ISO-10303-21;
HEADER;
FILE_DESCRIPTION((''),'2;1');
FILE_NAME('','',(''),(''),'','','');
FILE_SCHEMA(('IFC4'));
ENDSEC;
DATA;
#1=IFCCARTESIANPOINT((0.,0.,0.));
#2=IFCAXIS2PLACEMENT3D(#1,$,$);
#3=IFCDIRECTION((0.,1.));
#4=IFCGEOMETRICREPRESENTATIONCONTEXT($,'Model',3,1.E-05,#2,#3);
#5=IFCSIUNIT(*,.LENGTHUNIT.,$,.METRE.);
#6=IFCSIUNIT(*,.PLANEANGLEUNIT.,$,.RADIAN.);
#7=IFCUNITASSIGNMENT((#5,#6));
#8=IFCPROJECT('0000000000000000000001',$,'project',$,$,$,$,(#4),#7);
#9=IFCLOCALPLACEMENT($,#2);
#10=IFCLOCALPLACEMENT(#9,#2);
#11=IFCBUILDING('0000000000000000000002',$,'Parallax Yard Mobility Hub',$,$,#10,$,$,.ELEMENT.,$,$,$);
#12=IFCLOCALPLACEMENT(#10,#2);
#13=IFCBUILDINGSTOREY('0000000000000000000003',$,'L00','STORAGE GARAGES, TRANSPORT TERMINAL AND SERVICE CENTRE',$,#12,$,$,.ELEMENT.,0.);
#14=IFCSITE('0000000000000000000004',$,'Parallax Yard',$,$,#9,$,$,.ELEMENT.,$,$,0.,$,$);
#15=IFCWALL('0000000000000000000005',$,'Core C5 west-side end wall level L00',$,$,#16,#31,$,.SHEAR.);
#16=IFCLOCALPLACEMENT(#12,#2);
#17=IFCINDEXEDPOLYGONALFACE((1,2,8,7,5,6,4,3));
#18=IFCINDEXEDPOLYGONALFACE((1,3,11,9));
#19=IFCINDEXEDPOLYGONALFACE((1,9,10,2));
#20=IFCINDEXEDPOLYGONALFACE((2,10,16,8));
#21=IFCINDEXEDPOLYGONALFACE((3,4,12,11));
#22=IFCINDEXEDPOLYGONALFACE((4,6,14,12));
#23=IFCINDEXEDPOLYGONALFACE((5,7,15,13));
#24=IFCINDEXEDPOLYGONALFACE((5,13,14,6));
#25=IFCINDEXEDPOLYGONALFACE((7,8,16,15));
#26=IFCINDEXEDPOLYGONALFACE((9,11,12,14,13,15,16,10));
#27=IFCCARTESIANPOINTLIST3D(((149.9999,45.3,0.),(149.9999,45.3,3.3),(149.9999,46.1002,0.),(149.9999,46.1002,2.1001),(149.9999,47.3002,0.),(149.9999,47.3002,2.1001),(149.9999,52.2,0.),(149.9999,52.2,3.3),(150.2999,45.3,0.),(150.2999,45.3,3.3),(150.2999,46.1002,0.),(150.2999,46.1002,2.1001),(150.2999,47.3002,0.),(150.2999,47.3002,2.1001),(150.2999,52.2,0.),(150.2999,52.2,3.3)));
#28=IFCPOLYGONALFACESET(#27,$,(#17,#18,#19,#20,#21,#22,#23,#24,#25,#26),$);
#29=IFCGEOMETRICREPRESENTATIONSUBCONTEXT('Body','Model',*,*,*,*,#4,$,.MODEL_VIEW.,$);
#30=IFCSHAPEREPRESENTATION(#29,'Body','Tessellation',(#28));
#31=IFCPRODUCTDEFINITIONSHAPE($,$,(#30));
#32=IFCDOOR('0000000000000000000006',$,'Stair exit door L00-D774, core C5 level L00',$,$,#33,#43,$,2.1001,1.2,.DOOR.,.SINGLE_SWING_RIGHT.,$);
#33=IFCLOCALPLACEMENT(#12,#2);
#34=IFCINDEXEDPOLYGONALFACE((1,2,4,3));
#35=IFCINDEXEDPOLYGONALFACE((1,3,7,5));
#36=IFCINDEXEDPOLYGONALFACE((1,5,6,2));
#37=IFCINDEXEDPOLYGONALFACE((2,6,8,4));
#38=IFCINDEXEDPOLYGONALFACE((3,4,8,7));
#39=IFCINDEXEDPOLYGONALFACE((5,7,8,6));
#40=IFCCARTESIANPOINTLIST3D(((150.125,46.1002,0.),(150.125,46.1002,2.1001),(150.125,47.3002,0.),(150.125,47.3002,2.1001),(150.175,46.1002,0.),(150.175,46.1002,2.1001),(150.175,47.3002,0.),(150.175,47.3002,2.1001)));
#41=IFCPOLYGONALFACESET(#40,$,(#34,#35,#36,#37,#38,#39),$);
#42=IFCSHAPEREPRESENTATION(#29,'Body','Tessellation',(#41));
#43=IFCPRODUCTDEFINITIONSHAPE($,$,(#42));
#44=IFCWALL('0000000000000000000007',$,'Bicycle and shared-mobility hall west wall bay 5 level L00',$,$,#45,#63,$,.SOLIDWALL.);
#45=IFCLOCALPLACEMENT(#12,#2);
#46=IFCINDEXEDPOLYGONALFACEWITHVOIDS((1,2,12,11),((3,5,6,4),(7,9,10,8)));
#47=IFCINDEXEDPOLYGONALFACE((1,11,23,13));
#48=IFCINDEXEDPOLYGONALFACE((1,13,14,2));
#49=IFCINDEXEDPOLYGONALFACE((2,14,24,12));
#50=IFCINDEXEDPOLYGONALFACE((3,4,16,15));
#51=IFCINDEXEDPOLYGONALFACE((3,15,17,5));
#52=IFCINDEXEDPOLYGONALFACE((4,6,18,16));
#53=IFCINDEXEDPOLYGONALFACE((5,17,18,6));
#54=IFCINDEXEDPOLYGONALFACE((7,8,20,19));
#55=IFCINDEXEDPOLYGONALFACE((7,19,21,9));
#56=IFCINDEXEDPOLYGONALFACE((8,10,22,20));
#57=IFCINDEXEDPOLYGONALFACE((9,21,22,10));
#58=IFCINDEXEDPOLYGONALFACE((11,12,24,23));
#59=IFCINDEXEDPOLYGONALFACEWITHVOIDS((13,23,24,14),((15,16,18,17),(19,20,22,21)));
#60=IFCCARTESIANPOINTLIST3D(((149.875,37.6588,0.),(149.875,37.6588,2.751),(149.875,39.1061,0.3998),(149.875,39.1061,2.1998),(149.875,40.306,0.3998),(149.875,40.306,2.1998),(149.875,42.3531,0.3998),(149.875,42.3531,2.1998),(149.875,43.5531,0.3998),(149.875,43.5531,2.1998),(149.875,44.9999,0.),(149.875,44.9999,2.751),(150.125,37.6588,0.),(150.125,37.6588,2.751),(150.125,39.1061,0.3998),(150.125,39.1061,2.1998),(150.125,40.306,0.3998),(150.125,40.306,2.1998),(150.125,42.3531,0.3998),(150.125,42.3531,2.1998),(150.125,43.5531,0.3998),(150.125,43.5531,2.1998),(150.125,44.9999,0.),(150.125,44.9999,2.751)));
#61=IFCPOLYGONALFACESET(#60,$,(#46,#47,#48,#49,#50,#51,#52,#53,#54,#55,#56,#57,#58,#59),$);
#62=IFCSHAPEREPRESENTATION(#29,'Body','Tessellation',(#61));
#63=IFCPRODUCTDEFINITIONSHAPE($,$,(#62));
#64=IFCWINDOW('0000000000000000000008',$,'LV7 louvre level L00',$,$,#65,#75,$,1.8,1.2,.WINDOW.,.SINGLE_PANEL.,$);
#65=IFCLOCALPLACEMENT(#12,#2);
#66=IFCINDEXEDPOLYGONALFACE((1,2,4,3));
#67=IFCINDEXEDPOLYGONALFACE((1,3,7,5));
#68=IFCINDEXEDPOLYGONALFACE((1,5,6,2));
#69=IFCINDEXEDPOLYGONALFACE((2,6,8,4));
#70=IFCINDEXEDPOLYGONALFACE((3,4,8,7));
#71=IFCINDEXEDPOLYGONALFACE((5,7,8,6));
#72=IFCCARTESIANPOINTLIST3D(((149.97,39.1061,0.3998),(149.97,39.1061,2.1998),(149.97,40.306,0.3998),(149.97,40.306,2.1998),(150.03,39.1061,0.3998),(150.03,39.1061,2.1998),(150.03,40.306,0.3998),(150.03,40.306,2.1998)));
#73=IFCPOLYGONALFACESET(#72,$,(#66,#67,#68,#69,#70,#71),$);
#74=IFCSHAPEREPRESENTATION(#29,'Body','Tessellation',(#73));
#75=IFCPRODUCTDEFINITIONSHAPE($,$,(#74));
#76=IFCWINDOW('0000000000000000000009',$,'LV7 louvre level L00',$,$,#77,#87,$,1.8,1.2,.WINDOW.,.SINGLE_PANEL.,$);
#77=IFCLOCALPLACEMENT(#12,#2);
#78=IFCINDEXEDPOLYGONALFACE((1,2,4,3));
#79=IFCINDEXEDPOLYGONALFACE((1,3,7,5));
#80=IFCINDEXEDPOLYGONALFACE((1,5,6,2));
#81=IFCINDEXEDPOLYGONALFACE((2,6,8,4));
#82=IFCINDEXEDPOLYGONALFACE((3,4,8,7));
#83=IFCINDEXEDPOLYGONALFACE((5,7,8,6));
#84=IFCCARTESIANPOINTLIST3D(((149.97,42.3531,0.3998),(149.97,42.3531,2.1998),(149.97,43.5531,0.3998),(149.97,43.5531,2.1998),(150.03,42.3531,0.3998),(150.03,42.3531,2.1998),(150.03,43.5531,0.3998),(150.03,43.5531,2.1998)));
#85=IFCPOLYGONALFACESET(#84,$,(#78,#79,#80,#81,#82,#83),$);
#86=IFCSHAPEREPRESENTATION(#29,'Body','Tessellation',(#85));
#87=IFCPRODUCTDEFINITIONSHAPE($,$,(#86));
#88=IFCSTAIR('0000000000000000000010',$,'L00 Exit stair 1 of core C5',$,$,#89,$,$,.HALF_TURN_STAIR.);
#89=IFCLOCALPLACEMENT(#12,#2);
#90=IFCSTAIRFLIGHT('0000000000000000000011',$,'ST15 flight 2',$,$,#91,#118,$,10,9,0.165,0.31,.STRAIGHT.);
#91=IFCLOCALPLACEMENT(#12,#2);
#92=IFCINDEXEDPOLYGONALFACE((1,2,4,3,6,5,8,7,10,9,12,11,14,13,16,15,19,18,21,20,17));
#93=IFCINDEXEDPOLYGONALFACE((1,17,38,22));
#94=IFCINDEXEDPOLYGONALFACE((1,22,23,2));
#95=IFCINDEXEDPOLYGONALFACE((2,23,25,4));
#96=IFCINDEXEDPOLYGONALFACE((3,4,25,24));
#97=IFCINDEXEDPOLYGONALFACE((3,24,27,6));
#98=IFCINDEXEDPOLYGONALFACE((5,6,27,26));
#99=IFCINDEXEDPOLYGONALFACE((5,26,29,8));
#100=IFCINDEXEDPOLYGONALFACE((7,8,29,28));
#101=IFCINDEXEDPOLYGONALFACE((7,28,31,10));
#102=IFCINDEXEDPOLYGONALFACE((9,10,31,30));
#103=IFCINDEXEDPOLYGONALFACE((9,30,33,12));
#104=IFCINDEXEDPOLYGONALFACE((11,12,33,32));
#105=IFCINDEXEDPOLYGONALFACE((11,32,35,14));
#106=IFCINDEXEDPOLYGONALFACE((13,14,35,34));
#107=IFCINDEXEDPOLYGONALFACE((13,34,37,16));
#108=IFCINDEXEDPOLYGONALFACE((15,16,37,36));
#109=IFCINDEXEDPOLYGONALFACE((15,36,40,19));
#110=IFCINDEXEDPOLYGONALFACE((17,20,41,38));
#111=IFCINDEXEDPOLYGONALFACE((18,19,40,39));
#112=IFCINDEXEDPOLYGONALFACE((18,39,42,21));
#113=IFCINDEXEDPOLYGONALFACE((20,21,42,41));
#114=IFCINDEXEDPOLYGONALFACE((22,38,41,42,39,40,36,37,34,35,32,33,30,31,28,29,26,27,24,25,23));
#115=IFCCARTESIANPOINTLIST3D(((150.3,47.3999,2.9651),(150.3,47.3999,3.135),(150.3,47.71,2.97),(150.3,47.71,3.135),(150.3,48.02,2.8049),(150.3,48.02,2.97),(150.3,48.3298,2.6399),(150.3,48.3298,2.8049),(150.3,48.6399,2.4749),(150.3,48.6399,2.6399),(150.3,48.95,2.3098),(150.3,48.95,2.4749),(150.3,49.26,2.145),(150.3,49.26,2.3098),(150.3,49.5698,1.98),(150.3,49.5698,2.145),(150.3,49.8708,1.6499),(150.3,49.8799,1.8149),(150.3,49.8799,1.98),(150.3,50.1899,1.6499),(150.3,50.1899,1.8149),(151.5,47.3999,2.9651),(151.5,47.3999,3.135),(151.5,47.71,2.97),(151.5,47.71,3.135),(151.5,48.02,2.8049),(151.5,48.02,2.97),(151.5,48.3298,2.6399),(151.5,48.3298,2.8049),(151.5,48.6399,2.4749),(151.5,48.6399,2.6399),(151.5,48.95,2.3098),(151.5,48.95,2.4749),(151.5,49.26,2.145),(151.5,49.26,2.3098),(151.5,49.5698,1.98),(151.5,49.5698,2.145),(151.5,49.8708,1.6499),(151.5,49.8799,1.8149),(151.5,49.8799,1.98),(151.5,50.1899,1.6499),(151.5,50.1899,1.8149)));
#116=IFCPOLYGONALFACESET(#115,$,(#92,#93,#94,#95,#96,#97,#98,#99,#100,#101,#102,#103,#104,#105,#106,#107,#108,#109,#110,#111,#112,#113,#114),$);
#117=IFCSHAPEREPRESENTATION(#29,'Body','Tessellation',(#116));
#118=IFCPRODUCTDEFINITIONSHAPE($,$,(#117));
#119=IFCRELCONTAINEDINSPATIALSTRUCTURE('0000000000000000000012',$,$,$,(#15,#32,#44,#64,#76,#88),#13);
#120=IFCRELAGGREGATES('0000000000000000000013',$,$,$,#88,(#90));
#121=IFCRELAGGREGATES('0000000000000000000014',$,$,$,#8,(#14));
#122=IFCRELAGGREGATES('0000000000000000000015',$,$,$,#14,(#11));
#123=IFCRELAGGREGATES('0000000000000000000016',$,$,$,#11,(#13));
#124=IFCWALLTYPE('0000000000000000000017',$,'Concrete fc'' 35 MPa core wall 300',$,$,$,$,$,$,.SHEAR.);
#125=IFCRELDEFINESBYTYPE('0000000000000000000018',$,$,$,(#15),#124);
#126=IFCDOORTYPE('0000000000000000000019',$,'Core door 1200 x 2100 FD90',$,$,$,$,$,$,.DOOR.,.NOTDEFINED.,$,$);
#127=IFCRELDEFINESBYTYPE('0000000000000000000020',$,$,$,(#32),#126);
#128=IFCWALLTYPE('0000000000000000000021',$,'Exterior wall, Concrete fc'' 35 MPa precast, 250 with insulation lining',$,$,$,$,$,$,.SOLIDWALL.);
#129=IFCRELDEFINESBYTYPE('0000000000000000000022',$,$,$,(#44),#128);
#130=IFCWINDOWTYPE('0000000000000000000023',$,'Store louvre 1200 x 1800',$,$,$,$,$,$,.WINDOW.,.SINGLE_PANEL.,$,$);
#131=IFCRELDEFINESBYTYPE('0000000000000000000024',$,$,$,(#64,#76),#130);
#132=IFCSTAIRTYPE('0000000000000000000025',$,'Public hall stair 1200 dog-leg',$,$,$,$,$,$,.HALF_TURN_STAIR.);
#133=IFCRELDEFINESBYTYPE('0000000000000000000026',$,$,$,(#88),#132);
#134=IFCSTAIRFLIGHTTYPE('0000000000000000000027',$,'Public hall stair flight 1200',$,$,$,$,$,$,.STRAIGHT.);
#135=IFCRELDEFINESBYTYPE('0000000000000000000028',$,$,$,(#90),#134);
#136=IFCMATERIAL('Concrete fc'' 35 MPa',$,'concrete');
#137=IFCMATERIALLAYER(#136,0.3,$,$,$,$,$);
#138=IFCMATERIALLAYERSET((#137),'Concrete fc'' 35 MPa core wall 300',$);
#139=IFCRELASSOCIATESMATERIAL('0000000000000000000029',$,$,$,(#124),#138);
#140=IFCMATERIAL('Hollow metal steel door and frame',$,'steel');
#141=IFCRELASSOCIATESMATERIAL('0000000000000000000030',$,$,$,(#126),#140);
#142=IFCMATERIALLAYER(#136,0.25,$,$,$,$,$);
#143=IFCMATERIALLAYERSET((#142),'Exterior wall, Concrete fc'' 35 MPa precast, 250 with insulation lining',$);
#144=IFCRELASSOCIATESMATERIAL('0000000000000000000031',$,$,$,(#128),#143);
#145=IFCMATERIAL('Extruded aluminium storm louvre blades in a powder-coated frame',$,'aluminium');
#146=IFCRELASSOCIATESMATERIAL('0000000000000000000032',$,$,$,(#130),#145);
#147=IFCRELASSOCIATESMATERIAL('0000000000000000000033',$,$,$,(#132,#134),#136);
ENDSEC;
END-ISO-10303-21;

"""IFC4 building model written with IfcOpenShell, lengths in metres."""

from ifc_helpers import new_model, si_unit, direction, frame, frame_2d, origin, place, context, subcontext, project, spatial, polyline, rectangle, outline, extrude, material, layer, layer_set, type_object, element, fill, aggregate, save


model = new_model("IFC4")

# Units and contexts
model_context = context("Model", 3, precision=1e-05, world=origin(), true_north=direction((0.0, 1.0)))
body_context = subcontext(model_context, "Body", "Model", "MODEL_VIEW")
ifc_project = project(units=[si_unit("LENGTHUNIT", "METRE"), si_unit("PLANEANGLEUNIT", "RADIAN")], contexts=[model_context])

# Site, building, storey
site_placement = place(None, origin())
site = spatial("IfcSite", under=ifc_project, at=site_placement, Name="Parallax Yard", CompositionType="ELEMENT", RefElevation=0.0)
building_placement = place(site_placement, origin())
building = spatial("IfcBuilding", under=site, at=building_placement, Name="Parallax Yard Mobility Hub", CompositionType="ELEMENT")
storey_placement = place(building_placement, origin())
storey = spatial("IfcBuildingStorey", under=building, at=storey_placement, Name="L00", Description="STORAGE GARAGES, TRANSPORT TERMINAL AND SERVICE CENTRE", CompositionType="ELEMENT", Elevation=0.0)

# Shared definitions
ifc_material_1 = material(Name="Concrete fc' 35 MPa", Category="concrete")
ifc_layer_1 = layer(ifc_material_1, 0.3)
ifc_layer_set_1 = layer_set([ifc_layer_1], Name="Concrete fc' 35 MPa core wall 300")
wall_type_1 = type_object("IfcWallType", Name="Concrete fc' 35 MPa core wall 300", PredefinedType="SHEAR", material=ifc_layer_set_1)
ifc_material_2 = material(Name="Hollow metal steel door and frame", Category="steel")
door_type_1 = type_object("IfcDoorType", Name="Core door 1200 x 2100 FD90", OperationType="NOTDEFINED", PredefinedType="DOOR", material=ifc_material_2)

# Wall, opening, door
wall_1_placement = place(storey_placement, frame((150.1499, 45.3, 0.0), z_axis=(0.0, 0.0, 1.0), x_axis=(0.0, 1.0, 0.0)))
wall_1 = element("IfcWall", 1, at=wall_1_placement, inside=storey, type_object=wall_type_1, Name="Core C5 west-side end wall level L00", PredefinedType="SHEAR", context=body_context, shape_type="SweptSolid", body=[
    extrude(rectangle(XDim=6.8999, YDim=0.3, at=frame_2d((3.45, 0.0))), origin(), (0.0, 0.0, 1.0), 3.3),
])
opening_1_placement = place(wall_1_placement, frame((0.8, 0.0, 0.0)))
opening_1 = element("IfcOpeningElement", 2, at=opening_1_placement, cuts=wall_1, PredefinedType="OPENING", context=body_context, shape_type="SweptSolid", body=[
    extrude(rectangle(XDim=1.2, YDim=2.1001, at=frame_2d((0.6001, 1.05))), frame((0.0, 0.1602, 0.0), z_axis=(0.0, -1.0, 0.0), x_axis=(1.0, 0.0, 0.0)), (0.0, 0.0, 1.0), 0.3201),
])
door_1_placement = place(opening_1_placement, origin())
door_1 = element("IfcDoor", 3, at=door_1_placement, inside=storey, type_object=door_type_1, Name="Stair exit door L00-D774, core C5 level L00", OperationType="SINGLE_SWING_RIGHT", OverallHeight=2.1001, OverallWidth=1.2, PredefinedType="DOOR", context=body_context, shape_type="SweptSolid", body=[
    extrude(rectangle(XDim=1.2, YDim=2.1001, at=frame_2d((0.6001, 1.05))), frame((0.0, 0.0249, 0.0), z_axis=(0.0, -1.0, 0.0), x_axis=(1.0, 0.0, 0.0)), (0.0, 0.0, 1.0), 0.05),
])
fill(opening_1, door_1)

# Wall, openings, windows
ifc_layer_2 = layer(ifc_material_1, 0.25)
ifc_layer_set_2 = layer_set([ifc_layer_2], Name="Exterior wall, Concrete fc' 35 MPa precast, 250 with insulation lining")
wall_type_2 = type_object("IfcWallType", Name="Exterior wall, Concrete fc' 35 MPa precast, 250 with insulation lining", PredefinedType="SOLIDWALL", material=ifc_layer_set_2)
wall_2_placement = place(storey_placement, frame((150.0, 37.6589, 0.0), z_axis=(0.0, 0.0, 1.0), x_axis=(0.0, 1.0, 0.0)))
wall_2 = element("IfcWall", 4, at=wall_2_placement, inside=storey, type_object=wall_type_2, Name="Bicycle and shared-mobility hall west wall bay 5 level L00", PredefinedType="SOLIDWALL", context=body_context, shape_type="SweptSolid", body=[
    extrude(rectangle(XDim=7.3411, YDim=0.25, at=frame_2d((3.6704, 0.0))), origin(), (0.0, 0.0, 1.0), 2.751),
])
opening_2_placement = place(wall_2_placement, frame((1.447, 0.0, 0.3999)))
opening_2 = element("IfcOpeningElement", 5, at=opening_2_placement, cuts=wall_2, PredefinedType="OPENING", context=body_context, shape_type="SweptSolid", body=[
    extrude(rectangle(XDim=1.2, YDim=1.8, at=frame_2d((0.6001, 0.8999))), frame((0.0, 0.135, 0.0), z_axis=(0.0, -1.0, 0.0), x_axis=(1.0, 0.0, 0.0)), (0.0, 0.0, 1.0), 0.27),
])
opening_3_placement = place(wall_2_placement, frame((4.6941, 0.0, 0.3999)))
opening_3 = element("IfcOpeningElement", 6, at=opening_3_placement, cuts=wall_2, PredefinedType="OPENING", context=body_context, shape_type="SweptSolid", body=[
    extrude(rectangle(XDim=1.2, YDim=1.8, at=frame_2d((0.6001, 0.8999))), frame((0.0, 0.135, 0.0), z_axis=(0.0, -1.0, 0.0), x_axis=(1.0, 0.0, 0.0)), (0.0, 0.0, 1.0), 0.27),
])
ifc_material_3 = material(Name="Extruded aluminium storm louvre blades in a powder-coated frame", Category="aluminium")
window_type = type_object("IfcWindowType", Name="Store louvre 1200 x 1800", PartitioningType="SINGLE_PANEL", PredefinedType="WINDOW", material=ifc_material_3)
window_1_placement = place(opening_2_placement, origin())
window_1 = element("IfcWindow", 7, at=window_1_placement, inside=storey, type_object=window_type, Name="LV7 louvre level L00", OverallHeight=1.8, OverallWidth=1.2, PartitioningType="SINGLE_PANEL", PredefinedType="WINDOW", context=body_context, shape_type="SweptSolid", body=[
    extrude(rectangle(XDim=1.2, YDim=1.8, at=frame_2d((0.6001, 0.8999))), frame((0.0, 0.03, 0.0), z_axis=(0.0, -1.0, 0.0), x_axis=(1.0, 0.0, 0.0)), (0.0, 0.0, 1.0), 0.0601),
])
fill(opening_2, window_1)
window_2_placement = place(opening_3_placement, origin())
window_2 = element("IfcWindow", 8, at=window_2_placement, inside=storey, type_object=window_type, Name="LV7 louvre level L00", OverallHeight=1.8, OverallWidth=1.2, PartitioningType="SINGLE_PANEL", PredefinedType="WINDOW", context=body_context, shape_type="SweptSolid", body=[
    extrude(rectangle(XDim=1.2, YDim=1.8, at=frame_2d((0.6001, 0.8999))), frame((0.0, 0.03, 0.0), z_axis=(0.0, -1.0, 0.0), x_axis=(1.0, 0.0, 0.0)), (0.0, 0.0, 1.0), 0.0601),
])
fill(opening_3, window_2)

# Stair, stair flight
stair_type = type_object("IfcStairType", Name="Public hall stair 1200 dog-leg", PredefinedType="HALF_TURN_STAIR", material=ifc_material_1)
stair_placement = place(storey_placement, origin())
stair = element("IfcStair", 9, at=stair_placement, inside=storey, type_object=stair_type, Name="L00 Exit stair 1 of core C5", PredefinedType="HALF_TURN_STAIR")
stair_flight_type = type_object("IfcStairFlightType", Name="Public hall stair flight 1200", PredefinedType="STRAIGHT", material=ifc_material_1)
stair_flight_placement = place(storey_placement, frame((150.8999, 50.1899, 1.6499), z_axis=(0.0, 0.0, 1.0), x_axis=(0.0, -1.0, 0.0)))
stair_flight = element("IfcStairFlight", 10, at=stair_flight_placement, type_object=stair_flight_type, Name="ST15 flight 2", NumberOfRisers=10, NumberOfTreads=9, PredefinedType="STRAIGHT", RiserHeight=0.165, TreadLength=0.31, context=body_context, shape_type="SweptSolid", body=[
    extrude(outline(polyline([(0.0, 0.0), (0.0, 0.165), (0.3101, 0.165), (0.3101, 0.3301), (0.6201, 0.3301), (0.6201, 0.4951), (0.9299, 0.4951), (0.9299, 0.6599), (1.24, 0.6599), (1.24, 0.825), (1.55, 0.825), (1.55, 0.99), (1.8601, 0.99), (1.8601, 1.155), (2.1699, 1.155), (2.1699, 1.3201), (2.48, 1.3201), (2.48, 1.4851), (2.79, 1.4851), (2.79, 1.6499), (2.79, 1.3152), (0.3191, 0.0), (0.0, 0.0)])), frame((0.0, 0.6001, 0.0), z_axis=(0.0, -1.0, 0.0), x_axis=(1.0, 0.0, 0.0)), (0.0, 0.0, 1.0), 1.2),
])
aggregate(stair, [stair_flight])

save(model, "model.ifc")
